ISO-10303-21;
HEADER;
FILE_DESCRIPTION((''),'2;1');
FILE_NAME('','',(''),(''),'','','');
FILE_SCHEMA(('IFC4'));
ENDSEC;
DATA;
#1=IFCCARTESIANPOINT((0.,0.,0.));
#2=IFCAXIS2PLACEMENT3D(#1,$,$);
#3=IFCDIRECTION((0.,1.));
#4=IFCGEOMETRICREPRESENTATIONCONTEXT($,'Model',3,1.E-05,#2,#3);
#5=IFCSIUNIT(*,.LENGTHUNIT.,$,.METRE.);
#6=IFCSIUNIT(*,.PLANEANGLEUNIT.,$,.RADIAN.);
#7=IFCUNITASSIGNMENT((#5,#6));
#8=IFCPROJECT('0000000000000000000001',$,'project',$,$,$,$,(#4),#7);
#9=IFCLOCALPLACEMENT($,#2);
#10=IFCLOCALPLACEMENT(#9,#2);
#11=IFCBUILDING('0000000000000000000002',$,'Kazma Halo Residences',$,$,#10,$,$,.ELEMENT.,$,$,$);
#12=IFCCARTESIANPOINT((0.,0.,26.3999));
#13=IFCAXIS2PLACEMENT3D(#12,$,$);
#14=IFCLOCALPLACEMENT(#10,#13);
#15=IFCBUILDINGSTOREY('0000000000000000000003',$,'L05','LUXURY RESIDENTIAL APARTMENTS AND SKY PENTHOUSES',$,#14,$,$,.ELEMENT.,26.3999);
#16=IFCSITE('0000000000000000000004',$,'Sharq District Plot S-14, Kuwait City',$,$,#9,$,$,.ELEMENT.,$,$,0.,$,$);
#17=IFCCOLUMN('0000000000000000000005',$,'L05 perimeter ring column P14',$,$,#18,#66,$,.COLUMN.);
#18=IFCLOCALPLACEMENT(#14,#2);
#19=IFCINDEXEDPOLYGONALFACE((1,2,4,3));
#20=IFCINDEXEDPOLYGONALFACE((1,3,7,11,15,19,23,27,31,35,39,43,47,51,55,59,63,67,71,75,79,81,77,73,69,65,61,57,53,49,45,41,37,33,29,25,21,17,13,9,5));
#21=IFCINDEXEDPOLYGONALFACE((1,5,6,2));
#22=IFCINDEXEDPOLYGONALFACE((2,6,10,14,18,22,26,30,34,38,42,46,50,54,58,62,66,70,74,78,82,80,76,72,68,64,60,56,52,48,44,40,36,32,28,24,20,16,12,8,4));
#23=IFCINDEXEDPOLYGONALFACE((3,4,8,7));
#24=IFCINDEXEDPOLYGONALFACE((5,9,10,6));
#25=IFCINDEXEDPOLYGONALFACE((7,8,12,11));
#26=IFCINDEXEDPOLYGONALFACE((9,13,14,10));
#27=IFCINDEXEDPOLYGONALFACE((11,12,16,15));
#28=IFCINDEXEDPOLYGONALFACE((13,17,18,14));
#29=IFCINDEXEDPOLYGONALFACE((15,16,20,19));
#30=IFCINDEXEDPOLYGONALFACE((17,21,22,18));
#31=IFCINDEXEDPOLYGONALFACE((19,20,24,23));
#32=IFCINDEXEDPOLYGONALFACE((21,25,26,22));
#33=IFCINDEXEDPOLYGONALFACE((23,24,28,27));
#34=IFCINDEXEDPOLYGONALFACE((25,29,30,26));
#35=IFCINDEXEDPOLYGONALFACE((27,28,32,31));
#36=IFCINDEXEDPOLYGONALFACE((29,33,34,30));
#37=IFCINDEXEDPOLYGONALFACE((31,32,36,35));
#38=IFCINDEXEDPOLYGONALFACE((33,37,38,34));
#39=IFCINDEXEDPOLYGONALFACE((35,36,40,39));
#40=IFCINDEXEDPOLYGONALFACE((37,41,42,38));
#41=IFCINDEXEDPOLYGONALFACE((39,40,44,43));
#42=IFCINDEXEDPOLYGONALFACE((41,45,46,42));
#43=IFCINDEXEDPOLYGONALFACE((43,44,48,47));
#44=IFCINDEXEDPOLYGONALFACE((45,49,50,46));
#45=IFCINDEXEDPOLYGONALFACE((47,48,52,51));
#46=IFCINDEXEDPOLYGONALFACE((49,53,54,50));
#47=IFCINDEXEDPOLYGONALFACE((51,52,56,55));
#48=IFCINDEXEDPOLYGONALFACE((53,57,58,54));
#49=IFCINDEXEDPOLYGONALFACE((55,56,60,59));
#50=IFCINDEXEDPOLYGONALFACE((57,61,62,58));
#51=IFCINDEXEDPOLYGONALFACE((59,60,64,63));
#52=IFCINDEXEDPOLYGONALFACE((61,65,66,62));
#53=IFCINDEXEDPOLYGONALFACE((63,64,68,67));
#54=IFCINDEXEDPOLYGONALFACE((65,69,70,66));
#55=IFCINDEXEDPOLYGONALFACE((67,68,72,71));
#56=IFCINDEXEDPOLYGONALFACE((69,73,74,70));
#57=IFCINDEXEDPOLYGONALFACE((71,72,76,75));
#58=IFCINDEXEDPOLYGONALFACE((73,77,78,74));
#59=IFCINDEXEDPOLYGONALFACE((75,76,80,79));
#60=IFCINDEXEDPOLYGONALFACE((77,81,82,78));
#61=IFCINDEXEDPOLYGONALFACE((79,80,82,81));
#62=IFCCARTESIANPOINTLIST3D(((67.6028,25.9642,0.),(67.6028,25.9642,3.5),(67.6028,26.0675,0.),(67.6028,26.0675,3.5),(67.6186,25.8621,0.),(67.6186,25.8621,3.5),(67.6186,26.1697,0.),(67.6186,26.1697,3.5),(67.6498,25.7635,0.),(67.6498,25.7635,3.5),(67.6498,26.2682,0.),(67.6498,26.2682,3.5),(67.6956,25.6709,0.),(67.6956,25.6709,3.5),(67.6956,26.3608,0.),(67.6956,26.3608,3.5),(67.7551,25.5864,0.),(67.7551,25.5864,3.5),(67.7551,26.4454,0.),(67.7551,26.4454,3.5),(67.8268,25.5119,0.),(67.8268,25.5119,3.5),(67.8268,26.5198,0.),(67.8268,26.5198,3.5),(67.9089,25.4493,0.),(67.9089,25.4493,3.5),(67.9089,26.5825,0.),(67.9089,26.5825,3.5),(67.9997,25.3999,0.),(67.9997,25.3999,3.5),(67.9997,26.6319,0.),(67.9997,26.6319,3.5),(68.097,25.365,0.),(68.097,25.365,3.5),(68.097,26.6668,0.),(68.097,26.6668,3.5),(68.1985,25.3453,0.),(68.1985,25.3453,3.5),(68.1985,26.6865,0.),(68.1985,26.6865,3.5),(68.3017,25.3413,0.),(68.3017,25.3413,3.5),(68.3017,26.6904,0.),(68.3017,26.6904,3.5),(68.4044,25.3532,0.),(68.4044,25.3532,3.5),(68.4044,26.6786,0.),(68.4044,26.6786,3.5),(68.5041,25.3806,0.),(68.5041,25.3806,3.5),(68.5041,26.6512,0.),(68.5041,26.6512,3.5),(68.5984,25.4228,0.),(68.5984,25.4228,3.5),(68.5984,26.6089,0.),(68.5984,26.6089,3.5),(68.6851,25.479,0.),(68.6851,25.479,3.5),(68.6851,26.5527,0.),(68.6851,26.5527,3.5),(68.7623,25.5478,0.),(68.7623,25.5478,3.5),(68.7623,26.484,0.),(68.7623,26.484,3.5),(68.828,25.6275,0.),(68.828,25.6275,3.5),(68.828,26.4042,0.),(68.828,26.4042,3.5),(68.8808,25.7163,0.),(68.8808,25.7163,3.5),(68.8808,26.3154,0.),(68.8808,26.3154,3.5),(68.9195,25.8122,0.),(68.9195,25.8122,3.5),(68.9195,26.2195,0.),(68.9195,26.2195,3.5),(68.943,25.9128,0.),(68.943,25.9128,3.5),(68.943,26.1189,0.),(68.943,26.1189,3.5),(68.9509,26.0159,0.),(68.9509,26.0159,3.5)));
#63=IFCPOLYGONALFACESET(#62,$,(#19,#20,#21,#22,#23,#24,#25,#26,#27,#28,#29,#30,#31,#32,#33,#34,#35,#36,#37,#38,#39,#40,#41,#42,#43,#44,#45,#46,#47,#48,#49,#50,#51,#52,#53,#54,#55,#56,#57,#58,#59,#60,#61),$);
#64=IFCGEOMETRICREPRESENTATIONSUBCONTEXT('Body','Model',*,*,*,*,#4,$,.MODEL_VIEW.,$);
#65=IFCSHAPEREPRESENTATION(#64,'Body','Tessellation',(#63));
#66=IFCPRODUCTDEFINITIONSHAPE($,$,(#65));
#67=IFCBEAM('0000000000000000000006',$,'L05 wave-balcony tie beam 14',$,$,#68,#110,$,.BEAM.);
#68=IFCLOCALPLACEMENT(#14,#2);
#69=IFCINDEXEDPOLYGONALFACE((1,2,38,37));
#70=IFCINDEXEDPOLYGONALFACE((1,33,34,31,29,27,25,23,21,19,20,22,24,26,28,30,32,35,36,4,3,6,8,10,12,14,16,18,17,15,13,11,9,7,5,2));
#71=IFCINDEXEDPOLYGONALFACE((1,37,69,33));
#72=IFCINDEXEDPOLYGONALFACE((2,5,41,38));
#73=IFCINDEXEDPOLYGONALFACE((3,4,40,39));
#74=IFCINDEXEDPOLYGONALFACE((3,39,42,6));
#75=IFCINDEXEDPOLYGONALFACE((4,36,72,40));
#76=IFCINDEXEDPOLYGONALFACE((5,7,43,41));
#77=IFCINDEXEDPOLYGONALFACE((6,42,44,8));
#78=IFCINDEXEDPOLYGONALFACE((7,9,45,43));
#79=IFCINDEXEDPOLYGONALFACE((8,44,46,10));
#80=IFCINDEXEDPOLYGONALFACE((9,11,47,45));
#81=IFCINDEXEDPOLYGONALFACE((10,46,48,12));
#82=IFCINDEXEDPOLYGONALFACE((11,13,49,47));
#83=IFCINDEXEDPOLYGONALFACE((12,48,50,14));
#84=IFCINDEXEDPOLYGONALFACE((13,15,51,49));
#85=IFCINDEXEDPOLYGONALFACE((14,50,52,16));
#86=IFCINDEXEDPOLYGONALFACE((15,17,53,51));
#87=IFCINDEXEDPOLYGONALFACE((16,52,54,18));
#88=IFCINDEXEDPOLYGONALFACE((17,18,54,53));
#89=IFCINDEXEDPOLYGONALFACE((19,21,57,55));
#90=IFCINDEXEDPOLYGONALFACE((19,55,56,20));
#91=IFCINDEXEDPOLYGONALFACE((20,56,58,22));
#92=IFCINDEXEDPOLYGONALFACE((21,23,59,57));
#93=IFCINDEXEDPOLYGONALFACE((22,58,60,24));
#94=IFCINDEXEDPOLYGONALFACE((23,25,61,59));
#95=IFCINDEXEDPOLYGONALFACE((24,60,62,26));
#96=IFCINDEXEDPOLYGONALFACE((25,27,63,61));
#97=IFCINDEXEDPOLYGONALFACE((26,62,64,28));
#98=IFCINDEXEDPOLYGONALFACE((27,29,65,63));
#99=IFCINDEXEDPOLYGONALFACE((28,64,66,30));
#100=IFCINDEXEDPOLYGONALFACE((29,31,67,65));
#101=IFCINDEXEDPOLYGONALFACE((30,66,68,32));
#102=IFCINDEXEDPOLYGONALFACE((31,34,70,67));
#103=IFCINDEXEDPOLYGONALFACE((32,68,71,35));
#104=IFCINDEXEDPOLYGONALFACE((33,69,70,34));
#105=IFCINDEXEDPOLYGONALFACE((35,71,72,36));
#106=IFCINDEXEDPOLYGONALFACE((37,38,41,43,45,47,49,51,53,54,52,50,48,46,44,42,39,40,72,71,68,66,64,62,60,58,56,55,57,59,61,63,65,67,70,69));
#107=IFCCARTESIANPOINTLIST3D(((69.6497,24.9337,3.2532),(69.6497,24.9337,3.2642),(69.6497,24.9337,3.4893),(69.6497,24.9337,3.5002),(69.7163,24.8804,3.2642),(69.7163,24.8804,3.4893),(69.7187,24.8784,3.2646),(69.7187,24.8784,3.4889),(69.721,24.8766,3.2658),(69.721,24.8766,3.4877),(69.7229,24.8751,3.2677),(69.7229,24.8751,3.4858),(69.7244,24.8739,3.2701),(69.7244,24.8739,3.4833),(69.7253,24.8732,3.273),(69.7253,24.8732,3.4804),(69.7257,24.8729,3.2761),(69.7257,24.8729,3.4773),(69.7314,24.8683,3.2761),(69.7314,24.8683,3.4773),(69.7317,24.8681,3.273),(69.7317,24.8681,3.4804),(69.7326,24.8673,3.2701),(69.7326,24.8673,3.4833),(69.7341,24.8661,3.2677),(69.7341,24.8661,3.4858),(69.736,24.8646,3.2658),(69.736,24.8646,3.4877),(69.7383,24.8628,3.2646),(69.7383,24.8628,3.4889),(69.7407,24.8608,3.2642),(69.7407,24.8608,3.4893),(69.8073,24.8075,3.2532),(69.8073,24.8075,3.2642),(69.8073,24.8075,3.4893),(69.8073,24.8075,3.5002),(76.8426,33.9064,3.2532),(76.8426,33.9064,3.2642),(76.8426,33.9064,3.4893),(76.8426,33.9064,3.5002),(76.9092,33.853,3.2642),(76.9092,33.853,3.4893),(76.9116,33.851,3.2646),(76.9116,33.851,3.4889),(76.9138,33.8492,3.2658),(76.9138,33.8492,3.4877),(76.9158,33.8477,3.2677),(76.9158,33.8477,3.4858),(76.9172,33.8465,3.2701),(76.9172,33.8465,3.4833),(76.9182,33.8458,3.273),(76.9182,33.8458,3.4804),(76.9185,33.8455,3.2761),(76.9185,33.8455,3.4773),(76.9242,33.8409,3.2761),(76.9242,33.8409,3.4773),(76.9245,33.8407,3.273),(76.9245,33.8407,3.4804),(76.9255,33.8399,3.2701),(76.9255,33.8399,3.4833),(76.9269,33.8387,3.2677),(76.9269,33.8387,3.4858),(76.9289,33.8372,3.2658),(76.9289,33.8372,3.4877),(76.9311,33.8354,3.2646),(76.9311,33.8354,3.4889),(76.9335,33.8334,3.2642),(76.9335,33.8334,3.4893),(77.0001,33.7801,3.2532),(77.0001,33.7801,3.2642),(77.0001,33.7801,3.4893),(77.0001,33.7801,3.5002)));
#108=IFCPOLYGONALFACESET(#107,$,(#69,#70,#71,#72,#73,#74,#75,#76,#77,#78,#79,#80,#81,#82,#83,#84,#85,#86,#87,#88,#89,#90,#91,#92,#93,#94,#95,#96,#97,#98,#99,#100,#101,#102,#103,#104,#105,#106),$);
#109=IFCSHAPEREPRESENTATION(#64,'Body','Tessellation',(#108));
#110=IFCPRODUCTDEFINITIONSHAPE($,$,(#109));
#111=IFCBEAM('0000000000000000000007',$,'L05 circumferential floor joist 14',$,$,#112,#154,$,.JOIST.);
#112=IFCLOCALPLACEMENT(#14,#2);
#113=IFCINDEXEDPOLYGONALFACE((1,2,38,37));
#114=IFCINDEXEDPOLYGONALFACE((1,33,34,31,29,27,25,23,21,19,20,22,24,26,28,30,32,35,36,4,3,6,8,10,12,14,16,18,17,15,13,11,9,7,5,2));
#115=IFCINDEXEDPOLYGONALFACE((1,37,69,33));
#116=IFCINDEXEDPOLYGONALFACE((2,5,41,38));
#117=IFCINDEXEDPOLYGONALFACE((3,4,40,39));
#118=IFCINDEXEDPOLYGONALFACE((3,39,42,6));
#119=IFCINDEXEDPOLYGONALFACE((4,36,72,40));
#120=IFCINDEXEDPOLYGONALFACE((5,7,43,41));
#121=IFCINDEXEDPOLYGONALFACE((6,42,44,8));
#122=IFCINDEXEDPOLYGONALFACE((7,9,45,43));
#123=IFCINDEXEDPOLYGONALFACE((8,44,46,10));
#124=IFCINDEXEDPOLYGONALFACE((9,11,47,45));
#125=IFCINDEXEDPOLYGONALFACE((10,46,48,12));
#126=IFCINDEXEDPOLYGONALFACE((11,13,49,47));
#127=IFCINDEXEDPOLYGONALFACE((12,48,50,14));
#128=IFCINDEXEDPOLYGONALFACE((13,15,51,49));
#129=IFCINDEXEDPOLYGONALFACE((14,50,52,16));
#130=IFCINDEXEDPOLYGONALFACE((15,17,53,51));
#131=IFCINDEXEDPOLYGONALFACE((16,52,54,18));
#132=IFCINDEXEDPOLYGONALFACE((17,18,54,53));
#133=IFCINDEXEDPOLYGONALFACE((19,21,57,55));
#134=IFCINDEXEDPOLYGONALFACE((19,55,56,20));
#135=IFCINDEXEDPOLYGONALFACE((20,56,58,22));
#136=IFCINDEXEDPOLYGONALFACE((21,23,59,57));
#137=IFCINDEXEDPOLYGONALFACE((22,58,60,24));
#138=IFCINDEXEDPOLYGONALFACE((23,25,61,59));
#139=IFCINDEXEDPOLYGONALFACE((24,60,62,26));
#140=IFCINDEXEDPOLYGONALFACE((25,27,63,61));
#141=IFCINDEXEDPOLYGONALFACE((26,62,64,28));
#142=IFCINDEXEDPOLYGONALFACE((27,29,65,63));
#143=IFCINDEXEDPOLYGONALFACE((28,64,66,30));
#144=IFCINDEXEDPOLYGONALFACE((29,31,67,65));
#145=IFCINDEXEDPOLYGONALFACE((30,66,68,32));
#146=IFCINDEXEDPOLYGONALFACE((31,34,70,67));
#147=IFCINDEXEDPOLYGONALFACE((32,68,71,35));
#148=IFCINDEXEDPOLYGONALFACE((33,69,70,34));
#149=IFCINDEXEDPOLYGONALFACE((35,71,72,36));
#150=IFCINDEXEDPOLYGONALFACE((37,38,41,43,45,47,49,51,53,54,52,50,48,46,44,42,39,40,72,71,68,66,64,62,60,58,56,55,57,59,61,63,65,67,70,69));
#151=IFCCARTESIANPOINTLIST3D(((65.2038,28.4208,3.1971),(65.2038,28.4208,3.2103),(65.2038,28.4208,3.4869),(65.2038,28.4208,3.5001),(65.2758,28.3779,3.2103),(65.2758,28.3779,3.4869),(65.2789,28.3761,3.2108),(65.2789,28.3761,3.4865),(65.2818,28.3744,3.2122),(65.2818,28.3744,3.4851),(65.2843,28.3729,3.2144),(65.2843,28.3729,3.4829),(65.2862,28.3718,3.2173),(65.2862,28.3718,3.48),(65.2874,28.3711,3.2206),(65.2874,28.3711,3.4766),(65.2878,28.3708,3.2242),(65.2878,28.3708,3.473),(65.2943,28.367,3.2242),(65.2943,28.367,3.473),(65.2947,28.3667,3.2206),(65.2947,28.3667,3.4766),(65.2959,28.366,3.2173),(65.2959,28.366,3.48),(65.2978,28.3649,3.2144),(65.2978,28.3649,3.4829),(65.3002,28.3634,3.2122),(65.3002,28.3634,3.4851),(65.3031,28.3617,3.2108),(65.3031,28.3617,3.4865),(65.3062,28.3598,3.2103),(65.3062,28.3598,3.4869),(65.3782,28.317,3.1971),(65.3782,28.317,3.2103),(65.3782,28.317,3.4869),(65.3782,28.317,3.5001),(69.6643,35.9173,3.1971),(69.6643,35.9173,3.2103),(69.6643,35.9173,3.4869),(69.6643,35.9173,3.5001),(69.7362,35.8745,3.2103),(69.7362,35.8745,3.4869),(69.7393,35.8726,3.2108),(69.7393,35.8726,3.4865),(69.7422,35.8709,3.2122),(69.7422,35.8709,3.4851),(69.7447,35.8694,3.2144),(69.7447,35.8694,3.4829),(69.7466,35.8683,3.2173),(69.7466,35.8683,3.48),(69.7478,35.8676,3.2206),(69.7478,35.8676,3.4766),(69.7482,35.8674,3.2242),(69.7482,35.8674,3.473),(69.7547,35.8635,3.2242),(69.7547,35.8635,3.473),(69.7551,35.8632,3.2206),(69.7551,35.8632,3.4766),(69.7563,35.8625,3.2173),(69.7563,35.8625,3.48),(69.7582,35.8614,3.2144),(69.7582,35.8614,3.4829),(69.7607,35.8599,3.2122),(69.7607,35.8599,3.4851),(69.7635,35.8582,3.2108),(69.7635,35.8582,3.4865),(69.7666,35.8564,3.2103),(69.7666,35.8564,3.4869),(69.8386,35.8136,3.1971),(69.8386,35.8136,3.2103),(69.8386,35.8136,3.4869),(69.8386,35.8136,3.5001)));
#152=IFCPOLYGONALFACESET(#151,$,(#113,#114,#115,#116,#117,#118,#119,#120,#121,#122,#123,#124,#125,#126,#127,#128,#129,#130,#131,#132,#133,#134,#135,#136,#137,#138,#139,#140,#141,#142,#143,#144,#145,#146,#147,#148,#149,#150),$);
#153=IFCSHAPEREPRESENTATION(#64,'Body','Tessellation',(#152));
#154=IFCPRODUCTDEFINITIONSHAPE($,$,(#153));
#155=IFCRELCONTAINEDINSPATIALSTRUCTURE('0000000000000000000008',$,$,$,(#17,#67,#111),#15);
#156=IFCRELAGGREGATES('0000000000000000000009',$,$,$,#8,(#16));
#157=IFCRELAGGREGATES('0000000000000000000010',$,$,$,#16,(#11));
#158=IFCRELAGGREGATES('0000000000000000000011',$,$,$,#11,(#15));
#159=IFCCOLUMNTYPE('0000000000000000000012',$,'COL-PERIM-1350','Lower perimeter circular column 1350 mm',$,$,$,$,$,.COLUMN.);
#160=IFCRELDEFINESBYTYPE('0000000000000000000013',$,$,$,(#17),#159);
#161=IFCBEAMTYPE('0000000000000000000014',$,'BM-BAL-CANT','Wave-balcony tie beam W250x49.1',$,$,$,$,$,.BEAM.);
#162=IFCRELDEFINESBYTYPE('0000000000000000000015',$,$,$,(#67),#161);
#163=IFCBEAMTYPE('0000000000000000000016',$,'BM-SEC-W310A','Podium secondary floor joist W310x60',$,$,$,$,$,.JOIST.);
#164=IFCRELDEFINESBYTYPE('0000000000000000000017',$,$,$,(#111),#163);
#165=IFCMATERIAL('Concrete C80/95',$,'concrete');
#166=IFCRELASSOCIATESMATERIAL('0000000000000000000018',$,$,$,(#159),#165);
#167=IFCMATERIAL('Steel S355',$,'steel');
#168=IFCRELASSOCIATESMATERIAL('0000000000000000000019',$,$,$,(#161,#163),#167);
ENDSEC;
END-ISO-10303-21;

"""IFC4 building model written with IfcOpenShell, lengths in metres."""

from ifc_helpers import new_model, si_unit, direction, frame, origin, origin_2d, place, context, subcontext, project, spatial, circle, i_section, extrude, material, material_profile, profile_set, type_object, element, save


model = new_model("IFC4")

# Units and contexts
model_context = context("Model", 3, precision=1e-05, world=origin(), true_north=direction((0.0, 1.0)))
body_context = subcontext(model_context, "Body", "Model", "MODEL_VIEW")
ifc_project = project(units=[si_unit("LENGTHUNIT", "METRE"), si_unit("PLANEANGLEUNIT", "RADIAN")], contexts=[model_context])

# Site, building, storey
site_placement = place(None, origin())
site = spatial("IfcSite", under=ifc_project, at=site_placement, Name="Sharq District Plot S-14, Kuwait City", CompositionType="ELEMENT", RefElevation=0.0)
building_placement = place(site_placement, origin())
building = spatial("IfcBuilding", under=site, at=building_placement, Name="Kazma Halo Residences", CompositionType="ELEMENT")
storey_placement = place(building_placement, frame((0.0, 0.0, 26.3999)))
storey = spatial("IfcBuildingStorey", under=building, at=storey_placement, Name="L05", Description="LUXURY RESIDENTIAL APARTMENTS AND SKY PENTHOUSES", CompositionType="ELEMENT", Elevation=26.3999)

# Column
ifc_material_1 = material(Name="Concrete C80/95", Category="concrete")
ifc_material_profile_1 = material_profile(ifc_material_1, circle(Radius=0.675, at=origin_2d()), Name="CIRC1350")
ifc_profile_set_1 = profile_set([ifc_material_profile_1], Name="Concrete C80/95")
column_type = type_object("IfcColumnType", Name="COL-PERIM-1350", Description="Lower perimeter circular column 1350 mm", PredefinedType="COLUMN", material=ifc_profile_set_1)
column_placement = place(storey_placement, frame((68.2759, 26.0159, 0.0), z_axis=(0.0, 0.0, 1.0), x_axis=(1.0, 0.0, 0.0)))
element("IfcColumn", 1, at=column_placement, inside=storey, type_object=column_type, Name="L05 perimeter ring column P14", PredefinedType="COLUMN", context=body_context, shape_type="SweptSolid", body=[
    extrude(circle(Radius=0.675, at=origin_2d()), origin(), (0.0, 0.0, 1.0), 3.5),
])

# Beams
ifc_material_2 = material(Name="Steel S355", Category="steel")
ifc_material_profile_2 = material_profile(ifc_material_2, i_section(OverallWidth=0.2019, OverallDepth=0.2471, WebThickness=0.0073, FlangeThickness=0.011, FilletRadius=0.012, at=origin_2d()), Name="W250x49.1")
ifc_profile_set_2 = profile_set([ifc_material_profile_2], Name="Steel S355")
beam_type_1 = type_object("IfcBeamType", Name="BM-BAL-CANT", Description="Wave-balcony tie beam W250x49.1", PredefinedType="BEAM", material=ifc_profile_set_2)
beam_1_placement = place(storey_placement, frame((69.7285, 24.8706, 3.3767), z_axis=(0.625477, 0.780243, 0.0), x_axis=(-0.780243, 0.625477, 0.0)))
element("IfcBeam", 2, at=beam_1_placement, inside=storey, type_object=beam_type_1, Name="L05 wave-balcony tie beam 14", PredefinedType="BEAM", context=body_context, shape_type="SweptSolid", body=[
    extrude(i_section(OverallWidth=0.2019, OverallDepth=0.2471, WebThickness=0.0073, FlangeThickness=0.011, FilletRadius=0.012, at=origin_2d()), origin(), (0.0, 0.0, 1.0), 11.4998),
])
ifc_material_profile_3 = material_profile(ifc_material_2, i_section(OverallWidth=0.2029, OverallDepth=0.303, WebThickness=0.0076, FlangeThickness=0.0132, FilletRadius=0.0139, at=origin_2d()), Name="W310x60")
ifc_profile_set_3 = profile_set([ifc_material_profile_3], Name="Steel S355")
beam_type_2 = type_object("IfcBeamType", Name="BM-SEC-W310A", Description="Podium secondary floor joist W310x60", PredefinedType="JOIST", material=ifc_profile_set_3)
beam_2_placement = place(storey_placement, frame((65.291, 28.3689, 3.3486), z_axis=(0.511331, 0.859384, 0.0), x_axis=(-0.859384, 0.511331, 0.0)))
element("IfcBeam", 3, at=beam_2_placement, inside=storey, type_object=beam_type_2, Name="L05 circumferential floor joist 14", PredefinedType="JOIST", context=body_context, shape_type="SweptSolid", body=[
    extrude(i_section(OverallWidth=0.2029, OverallDepth=0.303, WebThickness=0.0076, FlangeThickness=0.0132, FilletRadius=0.0139, at=origin_2d()), origin(), (0.0, 0.0, 1.0), 8.7231),
])

save(model, "model.ifc")
